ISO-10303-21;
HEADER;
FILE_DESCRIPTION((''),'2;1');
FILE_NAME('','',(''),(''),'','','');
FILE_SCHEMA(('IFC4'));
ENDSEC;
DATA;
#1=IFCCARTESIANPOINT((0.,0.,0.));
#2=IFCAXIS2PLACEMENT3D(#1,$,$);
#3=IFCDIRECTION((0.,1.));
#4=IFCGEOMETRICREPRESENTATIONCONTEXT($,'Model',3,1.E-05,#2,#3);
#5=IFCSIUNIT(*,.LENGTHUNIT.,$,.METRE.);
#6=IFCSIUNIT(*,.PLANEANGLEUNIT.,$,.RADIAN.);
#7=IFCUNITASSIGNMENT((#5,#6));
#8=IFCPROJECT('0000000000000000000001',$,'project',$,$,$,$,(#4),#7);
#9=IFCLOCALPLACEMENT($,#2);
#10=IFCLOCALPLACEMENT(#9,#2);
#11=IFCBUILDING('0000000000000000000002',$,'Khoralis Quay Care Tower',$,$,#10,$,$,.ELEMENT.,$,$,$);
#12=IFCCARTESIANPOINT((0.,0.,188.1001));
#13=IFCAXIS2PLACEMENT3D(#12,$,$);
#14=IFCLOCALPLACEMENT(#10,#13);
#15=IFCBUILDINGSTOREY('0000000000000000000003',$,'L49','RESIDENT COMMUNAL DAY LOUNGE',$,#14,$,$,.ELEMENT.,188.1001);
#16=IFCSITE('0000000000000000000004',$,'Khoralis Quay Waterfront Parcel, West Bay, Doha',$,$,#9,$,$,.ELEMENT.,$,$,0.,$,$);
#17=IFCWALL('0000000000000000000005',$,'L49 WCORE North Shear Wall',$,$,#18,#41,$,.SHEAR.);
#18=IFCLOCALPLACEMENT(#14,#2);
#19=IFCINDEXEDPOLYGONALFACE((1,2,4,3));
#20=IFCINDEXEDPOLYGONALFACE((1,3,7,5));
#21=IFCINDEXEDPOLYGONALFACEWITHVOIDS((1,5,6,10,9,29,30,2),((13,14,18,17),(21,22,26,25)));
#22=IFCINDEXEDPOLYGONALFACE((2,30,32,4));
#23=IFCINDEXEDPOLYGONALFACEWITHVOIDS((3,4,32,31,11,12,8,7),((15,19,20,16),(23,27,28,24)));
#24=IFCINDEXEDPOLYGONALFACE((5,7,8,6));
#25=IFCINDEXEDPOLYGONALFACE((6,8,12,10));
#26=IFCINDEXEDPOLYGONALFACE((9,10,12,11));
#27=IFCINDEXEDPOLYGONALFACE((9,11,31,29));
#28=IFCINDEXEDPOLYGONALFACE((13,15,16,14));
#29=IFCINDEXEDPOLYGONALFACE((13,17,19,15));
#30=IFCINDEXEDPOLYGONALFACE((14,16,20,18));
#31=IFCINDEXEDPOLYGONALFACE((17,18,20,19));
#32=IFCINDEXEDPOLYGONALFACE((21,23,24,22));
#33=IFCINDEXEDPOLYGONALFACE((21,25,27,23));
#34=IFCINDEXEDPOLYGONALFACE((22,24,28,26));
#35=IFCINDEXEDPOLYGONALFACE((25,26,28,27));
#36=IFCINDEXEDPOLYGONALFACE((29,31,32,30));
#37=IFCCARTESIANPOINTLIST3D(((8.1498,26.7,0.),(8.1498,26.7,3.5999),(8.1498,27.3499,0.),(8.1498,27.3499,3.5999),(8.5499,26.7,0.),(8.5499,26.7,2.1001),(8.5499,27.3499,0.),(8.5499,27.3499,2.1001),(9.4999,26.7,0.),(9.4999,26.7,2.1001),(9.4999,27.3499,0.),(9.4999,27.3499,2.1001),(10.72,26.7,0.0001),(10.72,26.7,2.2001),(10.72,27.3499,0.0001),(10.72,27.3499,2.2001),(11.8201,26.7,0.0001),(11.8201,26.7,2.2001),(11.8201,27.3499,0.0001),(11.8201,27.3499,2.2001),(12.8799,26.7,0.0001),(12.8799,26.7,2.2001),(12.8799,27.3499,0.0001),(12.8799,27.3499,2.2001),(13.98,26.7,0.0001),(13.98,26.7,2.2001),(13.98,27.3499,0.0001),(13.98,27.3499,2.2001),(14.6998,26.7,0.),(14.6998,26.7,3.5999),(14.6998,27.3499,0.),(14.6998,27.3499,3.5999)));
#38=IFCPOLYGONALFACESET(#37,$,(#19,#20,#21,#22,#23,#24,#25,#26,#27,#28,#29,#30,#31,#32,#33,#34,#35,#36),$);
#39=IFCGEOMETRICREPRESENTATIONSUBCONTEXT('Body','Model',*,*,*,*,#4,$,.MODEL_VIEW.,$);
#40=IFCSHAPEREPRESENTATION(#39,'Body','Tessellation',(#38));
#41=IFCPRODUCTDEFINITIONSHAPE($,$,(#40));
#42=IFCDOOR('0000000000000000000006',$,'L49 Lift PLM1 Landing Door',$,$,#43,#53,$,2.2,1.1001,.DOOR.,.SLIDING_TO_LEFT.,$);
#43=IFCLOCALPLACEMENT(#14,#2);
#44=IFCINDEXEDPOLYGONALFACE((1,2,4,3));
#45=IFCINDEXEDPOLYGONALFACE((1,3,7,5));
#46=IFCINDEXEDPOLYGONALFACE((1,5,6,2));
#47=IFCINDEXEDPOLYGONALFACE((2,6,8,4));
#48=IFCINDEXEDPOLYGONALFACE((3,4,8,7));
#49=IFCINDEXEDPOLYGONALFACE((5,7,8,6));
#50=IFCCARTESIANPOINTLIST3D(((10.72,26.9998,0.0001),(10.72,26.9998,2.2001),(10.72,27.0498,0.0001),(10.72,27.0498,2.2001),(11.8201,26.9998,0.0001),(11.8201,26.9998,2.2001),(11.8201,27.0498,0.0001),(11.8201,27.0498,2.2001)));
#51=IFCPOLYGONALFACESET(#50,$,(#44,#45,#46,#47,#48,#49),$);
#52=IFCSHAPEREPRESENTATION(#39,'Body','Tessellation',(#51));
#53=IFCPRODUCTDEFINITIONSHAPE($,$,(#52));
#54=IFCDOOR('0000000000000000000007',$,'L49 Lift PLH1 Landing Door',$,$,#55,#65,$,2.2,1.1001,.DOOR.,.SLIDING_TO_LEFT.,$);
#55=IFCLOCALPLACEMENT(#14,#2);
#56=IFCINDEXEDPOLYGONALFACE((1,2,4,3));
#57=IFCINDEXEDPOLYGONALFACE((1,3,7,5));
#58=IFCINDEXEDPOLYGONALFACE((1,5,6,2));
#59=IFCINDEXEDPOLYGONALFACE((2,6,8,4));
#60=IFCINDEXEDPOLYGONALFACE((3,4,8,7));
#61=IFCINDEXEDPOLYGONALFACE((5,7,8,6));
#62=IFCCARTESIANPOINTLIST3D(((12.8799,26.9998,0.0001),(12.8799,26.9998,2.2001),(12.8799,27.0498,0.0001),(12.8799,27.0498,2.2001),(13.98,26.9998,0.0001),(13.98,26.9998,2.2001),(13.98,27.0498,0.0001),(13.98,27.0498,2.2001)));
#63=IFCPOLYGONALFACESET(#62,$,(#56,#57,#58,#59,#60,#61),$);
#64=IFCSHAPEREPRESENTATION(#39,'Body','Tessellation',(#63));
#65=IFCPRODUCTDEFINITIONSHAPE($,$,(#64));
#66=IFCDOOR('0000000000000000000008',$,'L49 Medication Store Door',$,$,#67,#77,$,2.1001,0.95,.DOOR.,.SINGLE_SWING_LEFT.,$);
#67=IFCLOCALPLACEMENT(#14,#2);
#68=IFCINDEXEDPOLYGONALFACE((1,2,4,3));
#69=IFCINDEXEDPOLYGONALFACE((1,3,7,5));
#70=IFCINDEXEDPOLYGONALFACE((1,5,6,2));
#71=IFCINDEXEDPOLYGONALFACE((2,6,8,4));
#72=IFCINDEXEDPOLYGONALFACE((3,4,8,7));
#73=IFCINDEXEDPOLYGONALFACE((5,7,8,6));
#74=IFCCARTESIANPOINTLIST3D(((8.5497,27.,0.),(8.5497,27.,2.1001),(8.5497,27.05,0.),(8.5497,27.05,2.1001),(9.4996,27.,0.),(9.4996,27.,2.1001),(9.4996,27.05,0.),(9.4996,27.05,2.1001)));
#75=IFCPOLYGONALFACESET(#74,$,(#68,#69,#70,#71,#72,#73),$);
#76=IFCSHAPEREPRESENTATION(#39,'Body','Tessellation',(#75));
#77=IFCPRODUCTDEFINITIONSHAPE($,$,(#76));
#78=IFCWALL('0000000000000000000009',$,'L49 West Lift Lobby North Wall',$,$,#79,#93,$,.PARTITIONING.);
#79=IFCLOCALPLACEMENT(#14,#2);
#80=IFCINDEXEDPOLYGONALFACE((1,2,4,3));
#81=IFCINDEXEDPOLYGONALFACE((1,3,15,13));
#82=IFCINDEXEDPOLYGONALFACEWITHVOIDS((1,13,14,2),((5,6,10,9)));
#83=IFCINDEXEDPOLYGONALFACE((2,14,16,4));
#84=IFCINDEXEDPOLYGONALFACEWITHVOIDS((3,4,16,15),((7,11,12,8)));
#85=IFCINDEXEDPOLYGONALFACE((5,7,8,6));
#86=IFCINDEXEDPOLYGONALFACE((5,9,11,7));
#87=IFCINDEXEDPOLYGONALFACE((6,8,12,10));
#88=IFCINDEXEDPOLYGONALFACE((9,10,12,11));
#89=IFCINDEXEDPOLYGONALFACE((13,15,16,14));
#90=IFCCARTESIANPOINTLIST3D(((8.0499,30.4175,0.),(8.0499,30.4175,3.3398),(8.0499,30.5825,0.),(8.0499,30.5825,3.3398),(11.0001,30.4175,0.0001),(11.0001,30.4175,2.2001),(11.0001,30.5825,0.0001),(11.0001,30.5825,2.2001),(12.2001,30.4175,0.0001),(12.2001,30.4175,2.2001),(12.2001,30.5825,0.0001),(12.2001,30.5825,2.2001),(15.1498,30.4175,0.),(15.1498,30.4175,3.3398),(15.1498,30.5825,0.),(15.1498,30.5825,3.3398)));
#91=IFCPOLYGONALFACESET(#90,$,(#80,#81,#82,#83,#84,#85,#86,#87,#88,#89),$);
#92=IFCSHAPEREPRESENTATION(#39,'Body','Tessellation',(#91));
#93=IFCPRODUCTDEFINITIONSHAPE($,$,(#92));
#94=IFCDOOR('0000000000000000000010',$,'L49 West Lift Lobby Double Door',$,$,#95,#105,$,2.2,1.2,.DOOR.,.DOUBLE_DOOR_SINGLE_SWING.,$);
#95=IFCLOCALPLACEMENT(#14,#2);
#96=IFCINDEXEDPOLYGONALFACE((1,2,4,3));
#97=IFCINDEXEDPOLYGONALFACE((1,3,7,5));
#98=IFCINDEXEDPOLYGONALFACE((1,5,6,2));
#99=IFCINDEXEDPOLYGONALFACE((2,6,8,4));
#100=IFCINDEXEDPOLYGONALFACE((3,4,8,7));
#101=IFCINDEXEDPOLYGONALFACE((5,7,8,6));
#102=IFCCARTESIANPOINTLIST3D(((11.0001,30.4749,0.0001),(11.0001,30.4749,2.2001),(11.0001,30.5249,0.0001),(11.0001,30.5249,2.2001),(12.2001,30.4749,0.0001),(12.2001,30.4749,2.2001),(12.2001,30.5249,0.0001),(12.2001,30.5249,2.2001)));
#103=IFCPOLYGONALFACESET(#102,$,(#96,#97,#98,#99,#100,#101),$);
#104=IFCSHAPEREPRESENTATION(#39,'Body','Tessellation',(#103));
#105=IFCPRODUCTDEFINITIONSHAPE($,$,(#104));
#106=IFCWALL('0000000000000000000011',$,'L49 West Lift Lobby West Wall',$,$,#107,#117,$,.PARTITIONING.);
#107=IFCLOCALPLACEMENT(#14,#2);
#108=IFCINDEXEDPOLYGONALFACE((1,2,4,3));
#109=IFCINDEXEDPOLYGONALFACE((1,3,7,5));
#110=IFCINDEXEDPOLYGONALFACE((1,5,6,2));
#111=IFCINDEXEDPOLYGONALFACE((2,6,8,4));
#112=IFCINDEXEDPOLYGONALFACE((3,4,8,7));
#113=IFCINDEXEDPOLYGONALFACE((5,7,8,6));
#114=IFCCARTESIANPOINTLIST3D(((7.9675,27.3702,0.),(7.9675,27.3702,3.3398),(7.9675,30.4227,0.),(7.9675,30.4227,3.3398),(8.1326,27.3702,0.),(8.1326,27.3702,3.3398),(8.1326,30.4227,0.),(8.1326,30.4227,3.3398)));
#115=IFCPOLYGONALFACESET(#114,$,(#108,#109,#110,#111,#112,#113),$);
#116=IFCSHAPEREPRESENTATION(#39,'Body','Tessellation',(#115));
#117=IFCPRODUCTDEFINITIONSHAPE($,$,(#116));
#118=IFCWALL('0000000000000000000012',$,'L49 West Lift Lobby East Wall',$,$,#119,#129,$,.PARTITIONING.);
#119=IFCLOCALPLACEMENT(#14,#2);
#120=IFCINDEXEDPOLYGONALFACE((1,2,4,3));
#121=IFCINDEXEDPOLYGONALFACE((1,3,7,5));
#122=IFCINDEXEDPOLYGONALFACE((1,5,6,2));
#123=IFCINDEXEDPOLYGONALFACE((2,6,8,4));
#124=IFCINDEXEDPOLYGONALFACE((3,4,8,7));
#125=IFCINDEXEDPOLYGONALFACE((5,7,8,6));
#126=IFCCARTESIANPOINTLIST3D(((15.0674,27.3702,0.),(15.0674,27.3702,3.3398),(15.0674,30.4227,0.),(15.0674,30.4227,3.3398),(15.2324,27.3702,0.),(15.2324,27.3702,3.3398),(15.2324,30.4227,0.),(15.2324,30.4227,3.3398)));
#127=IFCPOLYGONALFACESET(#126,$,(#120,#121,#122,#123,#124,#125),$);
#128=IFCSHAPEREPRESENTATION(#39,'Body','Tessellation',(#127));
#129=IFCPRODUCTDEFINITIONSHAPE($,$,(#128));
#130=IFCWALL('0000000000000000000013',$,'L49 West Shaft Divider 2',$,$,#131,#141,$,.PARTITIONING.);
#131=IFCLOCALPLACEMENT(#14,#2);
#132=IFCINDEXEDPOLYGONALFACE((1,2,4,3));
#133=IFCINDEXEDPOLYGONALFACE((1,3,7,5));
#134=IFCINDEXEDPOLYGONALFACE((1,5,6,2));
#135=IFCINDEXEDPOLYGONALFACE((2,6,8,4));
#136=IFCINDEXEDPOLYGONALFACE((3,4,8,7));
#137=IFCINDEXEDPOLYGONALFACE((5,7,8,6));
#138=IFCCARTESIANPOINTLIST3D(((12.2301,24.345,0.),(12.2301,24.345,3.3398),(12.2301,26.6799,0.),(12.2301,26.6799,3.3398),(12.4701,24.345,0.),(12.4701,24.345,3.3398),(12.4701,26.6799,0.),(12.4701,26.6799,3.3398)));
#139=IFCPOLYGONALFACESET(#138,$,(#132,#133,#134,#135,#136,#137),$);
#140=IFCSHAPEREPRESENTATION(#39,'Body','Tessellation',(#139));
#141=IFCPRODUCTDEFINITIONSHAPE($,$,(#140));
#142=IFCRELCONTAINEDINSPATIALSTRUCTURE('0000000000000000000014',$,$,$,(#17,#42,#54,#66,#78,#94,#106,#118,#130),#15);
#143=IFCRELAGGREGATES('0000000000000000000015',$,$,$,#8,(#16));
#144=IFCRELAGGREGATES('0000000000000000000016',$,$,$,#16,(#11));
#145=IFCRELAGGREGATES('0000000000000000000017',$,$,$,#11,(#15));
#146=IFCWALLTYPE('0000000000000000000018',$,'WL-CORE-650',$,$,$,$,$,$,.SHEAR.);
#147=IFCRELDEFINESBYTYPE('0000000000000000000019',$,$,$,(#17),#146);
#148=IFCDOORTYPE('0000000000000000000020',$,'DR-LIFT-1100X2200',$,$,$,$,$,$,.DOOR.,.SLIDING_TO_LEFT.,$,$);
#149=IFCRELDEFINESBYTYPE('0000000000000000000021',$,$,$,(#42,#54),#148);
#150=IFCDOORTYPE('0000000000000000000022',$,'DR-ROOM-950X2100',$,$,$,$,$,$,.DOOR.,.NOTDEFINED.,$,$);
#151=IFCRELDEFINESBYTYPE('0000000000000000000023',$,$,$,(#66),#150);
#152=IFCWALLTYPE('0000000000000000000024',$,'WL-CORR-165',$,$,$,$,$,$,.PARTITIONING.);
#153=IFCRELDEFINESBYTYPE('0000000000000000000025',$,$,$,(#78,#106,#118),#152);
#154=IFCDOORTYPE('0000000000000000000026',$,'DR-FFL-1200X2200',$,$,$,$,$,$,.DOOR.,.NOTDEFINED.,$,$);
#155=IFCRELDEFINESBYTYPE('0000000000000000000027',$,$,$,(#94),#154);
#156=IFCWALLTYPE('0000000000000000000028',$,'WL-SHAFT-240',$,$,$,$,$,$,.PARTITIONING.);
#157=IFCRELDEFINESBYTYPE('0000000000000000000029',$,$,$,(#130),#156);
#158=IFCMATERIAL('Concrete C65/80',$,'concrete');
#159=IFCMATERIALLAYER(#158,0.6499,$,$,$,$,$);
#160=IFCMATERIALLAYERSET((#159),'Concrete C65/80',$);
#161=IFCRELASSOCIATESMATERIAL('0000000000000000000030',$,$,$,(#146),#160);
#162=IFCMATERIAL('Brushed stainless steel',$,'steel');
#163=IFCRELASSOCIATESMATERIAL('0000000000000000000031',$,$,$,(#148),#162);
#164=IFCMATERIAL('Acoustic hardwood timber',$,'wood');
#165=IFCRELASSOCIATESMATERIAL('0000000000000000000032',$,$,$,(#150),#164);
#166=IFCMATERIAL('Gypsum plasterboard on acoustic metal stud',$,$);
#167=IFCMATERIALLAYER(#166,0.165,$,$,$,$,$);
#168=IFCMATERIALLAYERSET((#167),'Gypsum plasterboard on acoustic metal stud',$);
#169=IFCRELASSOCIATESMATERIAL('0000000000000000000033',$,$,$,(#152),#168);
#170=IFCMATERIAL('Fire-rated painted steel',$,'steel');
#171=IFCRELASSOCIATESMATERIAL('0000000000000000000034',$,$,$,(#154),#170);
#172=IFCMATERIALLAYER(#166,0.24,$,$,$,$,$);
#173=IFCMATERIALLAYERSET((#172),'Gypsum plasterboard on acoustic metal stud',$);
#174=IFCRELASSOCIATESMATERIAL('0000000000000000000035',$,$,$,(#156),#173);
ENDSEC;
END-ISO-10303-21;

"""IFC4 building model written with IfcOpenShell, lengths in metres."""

from ifc_helpers import new_model, si_unit, direction, frame, frame_2d, origin, place, context, subcontext, project, spatial, rectangle, extrude, source, transform, mapped, material, layer, layer_set, type_object, element, fill, save


model = new_model("IFC4")

# Units and contexts
model_context = context("Model", 3, precision=1e-05, world=origin(), true_north=direction((0.0, 1.0)))
body_context = subcontext(model_context, "Body", "Model", "MODEL_VIEW")
ifc_project = project(units=[si_unit("LENGTHUNIT", "METRE"), si_unit("PLANEANGLEUNIT", "RADIAN")], contexts=[model_context])

# Site, building, storey
site_placement = place(None, origin())
site = spatial("IfcSite", under=ifc_project, at=site_placement, Name="Khoralis Quay Waterfront Parcel, West Bay, Doha", CompositionType="ELEMENT", RefElevation=0.0)
building_placement = place(site_placement, origin())
building = spatial("IfcBuilding", under=site, at=building_placement, Name="Khoralis Quay Care Tower", CompositionType="ELEMENT")
storey_placement = place(building_placement, frame((0.0, 0.0, 188.1001)))
storey = spatial("IfcBuildingStorey", under=building, at=storey_placement, Name="L49", Description="RESIDENT COMMUNAL DAY LOUNGE", CompositionType="ELEMENT", Elevation=188.1001)

# Shared definitions
ifc_material_1 = material(Name="Concrete C65/80", Category="concrete")

# Wall, openings, doors
ifc_layer_1 = layer(ifc_material_1, 0.6499)
ifc_layer_set_1 = layer_set([ifc_layer_1], Name="Concrete C65/80")
wall_type_1 = type_object("IfcWallType", Name="WL-CORE-650", PredefinedType="SHEAR", material=ifc_layer_set_1)
wall_1_placement = place(storey_placement, frame((8.1499, 27.0249, 0.0), z_axis=(0.0, 0.0, 1.0), x_axis=(1.0, 0.0, 0.0)))
wall_1 = element("IfcWall", 1, at=wall_1_placement, inside=storey, type_object=wall_type_1, Name="L49 WCORE North Shear Wall", PredefinedType="SHEAR", context=body_context, shape_type="SweptSolid", body=[
    extrude(rectangle(XDim=6.55, YDim=0.6499, at=frame_2d((3.2749, 0.0))), origin(), (0.0, 0.0, 1.0), 3.5999),
])
opening_1_placement = place(wall_1_placement, frame((0.3999, 0.0, 0.0)))
opening_1 = element("IfcOpeningElement", 2, at=opening_1_placement, cuts=wall_1, PredefinedType="OPENING", context=body_context, shape_type="SweptSolid", body=[
    extrude(rectangle(XDim=0.95, YDim=2.1001, at=frame_2d((0.4751, 1.05))), frame((0.0, 0.335, 0.0), z_axis=(0.0, -1.0, 0.0), x_axis=(1.0, 0.0, 0.0)), (0.0, 0.0, 1.0), 0.6699),
])
opening_2_placement = place(wall_1_placement, frame((2.5701, 0.0, 0.0)))
opening_2 = element("IfcOpeningElement", 3, at=opening_2_placement, cuts=wall_1, PredefinedType="OPENING", context=body_context, shape_type="SweptSolid", body=[
    extrude(rectangle(XDim=1.1001, YDim=2.2, at=frame_2d((0.55, 1.1001))), frame((0.0, 0.335, 0.0), z_axis=(0.0, -1.0, 0.0), x_axis=(1.0, 0.0, 0.0)), (0.0, 0.0, 1.0), 0.6699),
])
opening_3_placement = place(wall_1_placement, frame((4.73, 0.0, 0.0)))
opening_3 = element("IfcOpeningElement", 4, at=opening_3_placement, cuts=wall_1, PredefinedType="OPENING", context=body_context, shape_type="SweptSolid", body=[
    extrude(rectangle(XDim=1.1001, YDim=2.2, at=frame_2d((0.55, 1.1001))), frame((0.0, 0.335, 0.0), z_axis=(0.0, -1.0, 0.0), x_axis=(1.0, 0.0, 0.0)), (0.0, 0.0, 1.0), 0.6699),
])
ifc_material_2 = material(Name="Brushed stainless steel", Category="steel")
door_type_1 = type_object("IfcDoorType", Name="DR-LIFT-1100X2200", OperationType="SLIDING_TO_LEFT", PredefinedType="DOOR", material=ifc_material_2)
shared_shape_1 = source(origin(), body_context, "Body", "SweptSolid", [
    extrude(rectangle(XDim=1.1001, YDim=2.2, at=frame_2d((0.55, 1.1001))), frame((0.0, 0.0249, 0.0), z_axis=(0.0, -1.0, 0.0), x_axis=(1.0, 0.0, 0.0)), (0.0, 0.0, 1.0), 0.05),
])
door_1_placement = place(opening_2_placement, origin())
door_1 = element("IfcDoor", 5, at=door_1_placement, inside=storey, type_object=door_type_1, Name="L49 Lift PLM1 Landing Door", OperationType="SLIDING_TO_LEFT", OverallHeight=2.2, OverallWidth=1.1001, PredefinedType="DOOR", context=body_context, shape_type="MappedRepresentation", body=[
    mapped(shared_shape_1, transform((0.0, 0.0, 0.0), scale=1.0)),
])
fill(opening_2, door_1)
door_2_placement = place(opening_3_placement, origin())
door_2 = element("IfcDoor", 6, at=door_2_placement, inside=storey, type_object=door_type_1, Name="L49 Lift PLH1 Landing Door", OperationType="SLIDING_TO_LEFT", OverallHeight=2.2, OverallWidth=1.1001, PredefinedType="DOOR", context=body_context, shape_type="MappedRepresentation", body=[
    mapped(shared_shape_1, transform((0.0, 0.0, 0.0), scale=1.0)),
])
fill(opening_3, door_2)
ifc_material_3 = material(Name="Acoustic hardwood timber", Category="wood")
door_type_2 = type_object("IfcDoorType", Name="DR-ROOM-950X2100", OperationType="NOTDEFINED", PredefinedType="DOOR", material=ifc_material_3)
shared_shape_2 = source(origin(), body_context, "Body", "SweptSolid", [
    extrude(rectangle(XDim=0.95, YDim=2.1001, at=frame_2d((0.4751, 1.05))), frame((0.0, 0.0249, 0.0), z_axis=(0.0, -1.0, 0.0), x_axis=(1.0, 0.0, 0.0)), (0.0, 0.0, 1.0), 0.05),
])
door_3_placement = place(opening_1_placement, frame((0.95, 0.0, 0.0), z_axis=(0.0, 0.0, 1.0), x_axis=(-1.0, 0.0, 0.0)))
door_3 = element("IfcDoor", 7, at=door_3_placement, inside=storey, type_object=door_type_2, Name="L49 Medication Store Door", OperationType="SINGLE_SWING_LEFT", OverallHeight=2.1001, OverallWidth=0.95, PredefinedType="DOOR", context=body_context, shape_type="MappedRepresentation", body=[
    mapped(shared_shape_2, transform((0.0, 0.0, 0.0), scale=1.0)),
])
fill(opening_1, door_3)

# Wall, opening, door
ifc_material_4 = material(Name="Gypsum plasterboard on acoustic metal stud")
ifc_layer_2 = layer(ifc_material_4, 0.165)
ifc_layer_set_2 = layer_set([ifc_layer_2], Name="Gypsum plasterboard on acoustic metal stud")
wall_type_2 = type_object("IfcWallType", Name="WL-CORR-165", PredefinedType="PARTITIONING", material=ifc_layer_set_2)
wall_2_placement = place(storey_placement, frame((8.05, 30.5, 0.0), z_axis=(0.0, 0.0, 1.0), x_axis=(1.0, 0.0, 0.0)))
wall_2 = element("IfcWall", 8, at=wall_2_placement, inside=storey, type_object=wall_type_2, Name="L49 West Lift Lobby North Wall", PredefinedType="PARTITIONING", context=body_context, shape_type="SweptSolid", body=[
    extrude(rectangle(XDim=7.0999, YDim=0.165, at=frame_2d((3.5498, 0.0))), origin(), (0.0, 0.0, 1.0), 3.3398),
])
opening_4_placement = place(wall_2_placement, frame((2.95, 0.0, 0.0)))
opening_4 = element("IfcOpeningElement", 9, at=opening_4_placement, cuts=wall_2, PredefinedType="OPENING", context=body_context, shape_type="SweptSolid", body=[
    extrude(rectangle(XDim=1.2, YDim=2.2, at=frame_2d((0.6001, 1.1001))), frame((0.0, 0.0925, 0.0), z_axis=(0.0, -1.0, 0.0), x_axis=(1.0, 0.0, 0.0)), (0.0, 0.0, 1.0), 0.1851),
])
ifc_material_5 = material(Name="Fire-rated painted steel", Category="steel")
door_type_3 = type_object("IfcDoorType", Name="DR-FFL-1200X2200", OperationType="NOTDEFINED", PredefinedType="DOOR", material=ifc_material_5)
shared_shape_3 = source(origin(), body_context, "Body", "SweptSolid", [
    extrude(rectangle(XDim=1.2, YDim=2.2, at=frame_2d((0.6001, 1.1001))), frame((0.0, 0.0249, 0.0), z_axis=(0.0, -1.0, 0.0), x_axis=(1.0, 0.0, 0.0)), (0.0, 0.0, 1.0), 0.05),
])
door_4_placement = place(opening_4_placement, origin())
door_4 = element("IfcDoor", 10, at=door_4_placement, inside=storey, type_object=door_type_3, Name="L49 West Lift Lobby Double Door", OperationType="DOUBLE_DOOR_SINGLE_SWING", OverallHeight=2.2, OverallWidth=1.2, PredefinedType="DOOR", context=body_context, shape_type="MappedRepresentation", body=[
    mapped(shared_shape_3, transform((0.0, 0.0, 0.0), scale=1.0)),
])
fill(opening_4, door_4)

# Walls
for number, where, z_axis, x_axis, name in (
    (11, (8.05, 27.3701, 0.0), (0.0, 0.0, 1.0), (0.0, 1.0, 0.0), "L49 West Lift Lobby West Wall"),
    (12, (15.1499, 27.3701, 0.0), (0.0, 0.0, 1.0), (0.0, 1.0, 0.0), "L49 West Lift Lobby East Wall"),
):
    element("IfcWall", number, at=place(storey_placement, frame(where, z_axis=z_axis, x_axis=x_axis)), inside=storey, type_object=wall_type_2, Name=name, PredefinedType="PARTITIONING", context=body_context, shape_type="SweptSolid", body=[
        extrude(rectangle(XDim=3.0525, YDim=0.165, at=frame_2d((1.5264, 0.0))), origin(), (0.0, 0.0, 1.0), 3.3398),
    ])
ifc_layer_3 = layer(ifc_material_4, 0.24)
ifc_layer_set_3 = layer_set([ifc_layer_3], Name="Gypsum plasterboard on acoustic metal stud")
wall_type_3 = type_object("IfcWallType", Name="WL-SHAFT-240", PredefinedType="PARTITIONING", material=ifc_layer_set_3)
wall_3_placement = place(storey_placement, frame((12.3501, 24.345, 0.0), z_axis=(0.0, 0.0, 1.0), x_axis=(0.0, 1.0, 0.0)))
element("IfcWall", 13, at=wall_3_placement, inside=storey, type_object=wall_type_3, Name="L49 West Shaft Divider 2", PredefinedType="PARTITIONING", context=body_context, shape_type="SweptSolid", body=[
    extrude(rectangle(XDim=2.335, YDim=0.24, at=frame_2d((1.1675, 0.0))), origin(), (0.0, 0.0, 1.0), 3.3398),
])

save(model, "model.ifc")
